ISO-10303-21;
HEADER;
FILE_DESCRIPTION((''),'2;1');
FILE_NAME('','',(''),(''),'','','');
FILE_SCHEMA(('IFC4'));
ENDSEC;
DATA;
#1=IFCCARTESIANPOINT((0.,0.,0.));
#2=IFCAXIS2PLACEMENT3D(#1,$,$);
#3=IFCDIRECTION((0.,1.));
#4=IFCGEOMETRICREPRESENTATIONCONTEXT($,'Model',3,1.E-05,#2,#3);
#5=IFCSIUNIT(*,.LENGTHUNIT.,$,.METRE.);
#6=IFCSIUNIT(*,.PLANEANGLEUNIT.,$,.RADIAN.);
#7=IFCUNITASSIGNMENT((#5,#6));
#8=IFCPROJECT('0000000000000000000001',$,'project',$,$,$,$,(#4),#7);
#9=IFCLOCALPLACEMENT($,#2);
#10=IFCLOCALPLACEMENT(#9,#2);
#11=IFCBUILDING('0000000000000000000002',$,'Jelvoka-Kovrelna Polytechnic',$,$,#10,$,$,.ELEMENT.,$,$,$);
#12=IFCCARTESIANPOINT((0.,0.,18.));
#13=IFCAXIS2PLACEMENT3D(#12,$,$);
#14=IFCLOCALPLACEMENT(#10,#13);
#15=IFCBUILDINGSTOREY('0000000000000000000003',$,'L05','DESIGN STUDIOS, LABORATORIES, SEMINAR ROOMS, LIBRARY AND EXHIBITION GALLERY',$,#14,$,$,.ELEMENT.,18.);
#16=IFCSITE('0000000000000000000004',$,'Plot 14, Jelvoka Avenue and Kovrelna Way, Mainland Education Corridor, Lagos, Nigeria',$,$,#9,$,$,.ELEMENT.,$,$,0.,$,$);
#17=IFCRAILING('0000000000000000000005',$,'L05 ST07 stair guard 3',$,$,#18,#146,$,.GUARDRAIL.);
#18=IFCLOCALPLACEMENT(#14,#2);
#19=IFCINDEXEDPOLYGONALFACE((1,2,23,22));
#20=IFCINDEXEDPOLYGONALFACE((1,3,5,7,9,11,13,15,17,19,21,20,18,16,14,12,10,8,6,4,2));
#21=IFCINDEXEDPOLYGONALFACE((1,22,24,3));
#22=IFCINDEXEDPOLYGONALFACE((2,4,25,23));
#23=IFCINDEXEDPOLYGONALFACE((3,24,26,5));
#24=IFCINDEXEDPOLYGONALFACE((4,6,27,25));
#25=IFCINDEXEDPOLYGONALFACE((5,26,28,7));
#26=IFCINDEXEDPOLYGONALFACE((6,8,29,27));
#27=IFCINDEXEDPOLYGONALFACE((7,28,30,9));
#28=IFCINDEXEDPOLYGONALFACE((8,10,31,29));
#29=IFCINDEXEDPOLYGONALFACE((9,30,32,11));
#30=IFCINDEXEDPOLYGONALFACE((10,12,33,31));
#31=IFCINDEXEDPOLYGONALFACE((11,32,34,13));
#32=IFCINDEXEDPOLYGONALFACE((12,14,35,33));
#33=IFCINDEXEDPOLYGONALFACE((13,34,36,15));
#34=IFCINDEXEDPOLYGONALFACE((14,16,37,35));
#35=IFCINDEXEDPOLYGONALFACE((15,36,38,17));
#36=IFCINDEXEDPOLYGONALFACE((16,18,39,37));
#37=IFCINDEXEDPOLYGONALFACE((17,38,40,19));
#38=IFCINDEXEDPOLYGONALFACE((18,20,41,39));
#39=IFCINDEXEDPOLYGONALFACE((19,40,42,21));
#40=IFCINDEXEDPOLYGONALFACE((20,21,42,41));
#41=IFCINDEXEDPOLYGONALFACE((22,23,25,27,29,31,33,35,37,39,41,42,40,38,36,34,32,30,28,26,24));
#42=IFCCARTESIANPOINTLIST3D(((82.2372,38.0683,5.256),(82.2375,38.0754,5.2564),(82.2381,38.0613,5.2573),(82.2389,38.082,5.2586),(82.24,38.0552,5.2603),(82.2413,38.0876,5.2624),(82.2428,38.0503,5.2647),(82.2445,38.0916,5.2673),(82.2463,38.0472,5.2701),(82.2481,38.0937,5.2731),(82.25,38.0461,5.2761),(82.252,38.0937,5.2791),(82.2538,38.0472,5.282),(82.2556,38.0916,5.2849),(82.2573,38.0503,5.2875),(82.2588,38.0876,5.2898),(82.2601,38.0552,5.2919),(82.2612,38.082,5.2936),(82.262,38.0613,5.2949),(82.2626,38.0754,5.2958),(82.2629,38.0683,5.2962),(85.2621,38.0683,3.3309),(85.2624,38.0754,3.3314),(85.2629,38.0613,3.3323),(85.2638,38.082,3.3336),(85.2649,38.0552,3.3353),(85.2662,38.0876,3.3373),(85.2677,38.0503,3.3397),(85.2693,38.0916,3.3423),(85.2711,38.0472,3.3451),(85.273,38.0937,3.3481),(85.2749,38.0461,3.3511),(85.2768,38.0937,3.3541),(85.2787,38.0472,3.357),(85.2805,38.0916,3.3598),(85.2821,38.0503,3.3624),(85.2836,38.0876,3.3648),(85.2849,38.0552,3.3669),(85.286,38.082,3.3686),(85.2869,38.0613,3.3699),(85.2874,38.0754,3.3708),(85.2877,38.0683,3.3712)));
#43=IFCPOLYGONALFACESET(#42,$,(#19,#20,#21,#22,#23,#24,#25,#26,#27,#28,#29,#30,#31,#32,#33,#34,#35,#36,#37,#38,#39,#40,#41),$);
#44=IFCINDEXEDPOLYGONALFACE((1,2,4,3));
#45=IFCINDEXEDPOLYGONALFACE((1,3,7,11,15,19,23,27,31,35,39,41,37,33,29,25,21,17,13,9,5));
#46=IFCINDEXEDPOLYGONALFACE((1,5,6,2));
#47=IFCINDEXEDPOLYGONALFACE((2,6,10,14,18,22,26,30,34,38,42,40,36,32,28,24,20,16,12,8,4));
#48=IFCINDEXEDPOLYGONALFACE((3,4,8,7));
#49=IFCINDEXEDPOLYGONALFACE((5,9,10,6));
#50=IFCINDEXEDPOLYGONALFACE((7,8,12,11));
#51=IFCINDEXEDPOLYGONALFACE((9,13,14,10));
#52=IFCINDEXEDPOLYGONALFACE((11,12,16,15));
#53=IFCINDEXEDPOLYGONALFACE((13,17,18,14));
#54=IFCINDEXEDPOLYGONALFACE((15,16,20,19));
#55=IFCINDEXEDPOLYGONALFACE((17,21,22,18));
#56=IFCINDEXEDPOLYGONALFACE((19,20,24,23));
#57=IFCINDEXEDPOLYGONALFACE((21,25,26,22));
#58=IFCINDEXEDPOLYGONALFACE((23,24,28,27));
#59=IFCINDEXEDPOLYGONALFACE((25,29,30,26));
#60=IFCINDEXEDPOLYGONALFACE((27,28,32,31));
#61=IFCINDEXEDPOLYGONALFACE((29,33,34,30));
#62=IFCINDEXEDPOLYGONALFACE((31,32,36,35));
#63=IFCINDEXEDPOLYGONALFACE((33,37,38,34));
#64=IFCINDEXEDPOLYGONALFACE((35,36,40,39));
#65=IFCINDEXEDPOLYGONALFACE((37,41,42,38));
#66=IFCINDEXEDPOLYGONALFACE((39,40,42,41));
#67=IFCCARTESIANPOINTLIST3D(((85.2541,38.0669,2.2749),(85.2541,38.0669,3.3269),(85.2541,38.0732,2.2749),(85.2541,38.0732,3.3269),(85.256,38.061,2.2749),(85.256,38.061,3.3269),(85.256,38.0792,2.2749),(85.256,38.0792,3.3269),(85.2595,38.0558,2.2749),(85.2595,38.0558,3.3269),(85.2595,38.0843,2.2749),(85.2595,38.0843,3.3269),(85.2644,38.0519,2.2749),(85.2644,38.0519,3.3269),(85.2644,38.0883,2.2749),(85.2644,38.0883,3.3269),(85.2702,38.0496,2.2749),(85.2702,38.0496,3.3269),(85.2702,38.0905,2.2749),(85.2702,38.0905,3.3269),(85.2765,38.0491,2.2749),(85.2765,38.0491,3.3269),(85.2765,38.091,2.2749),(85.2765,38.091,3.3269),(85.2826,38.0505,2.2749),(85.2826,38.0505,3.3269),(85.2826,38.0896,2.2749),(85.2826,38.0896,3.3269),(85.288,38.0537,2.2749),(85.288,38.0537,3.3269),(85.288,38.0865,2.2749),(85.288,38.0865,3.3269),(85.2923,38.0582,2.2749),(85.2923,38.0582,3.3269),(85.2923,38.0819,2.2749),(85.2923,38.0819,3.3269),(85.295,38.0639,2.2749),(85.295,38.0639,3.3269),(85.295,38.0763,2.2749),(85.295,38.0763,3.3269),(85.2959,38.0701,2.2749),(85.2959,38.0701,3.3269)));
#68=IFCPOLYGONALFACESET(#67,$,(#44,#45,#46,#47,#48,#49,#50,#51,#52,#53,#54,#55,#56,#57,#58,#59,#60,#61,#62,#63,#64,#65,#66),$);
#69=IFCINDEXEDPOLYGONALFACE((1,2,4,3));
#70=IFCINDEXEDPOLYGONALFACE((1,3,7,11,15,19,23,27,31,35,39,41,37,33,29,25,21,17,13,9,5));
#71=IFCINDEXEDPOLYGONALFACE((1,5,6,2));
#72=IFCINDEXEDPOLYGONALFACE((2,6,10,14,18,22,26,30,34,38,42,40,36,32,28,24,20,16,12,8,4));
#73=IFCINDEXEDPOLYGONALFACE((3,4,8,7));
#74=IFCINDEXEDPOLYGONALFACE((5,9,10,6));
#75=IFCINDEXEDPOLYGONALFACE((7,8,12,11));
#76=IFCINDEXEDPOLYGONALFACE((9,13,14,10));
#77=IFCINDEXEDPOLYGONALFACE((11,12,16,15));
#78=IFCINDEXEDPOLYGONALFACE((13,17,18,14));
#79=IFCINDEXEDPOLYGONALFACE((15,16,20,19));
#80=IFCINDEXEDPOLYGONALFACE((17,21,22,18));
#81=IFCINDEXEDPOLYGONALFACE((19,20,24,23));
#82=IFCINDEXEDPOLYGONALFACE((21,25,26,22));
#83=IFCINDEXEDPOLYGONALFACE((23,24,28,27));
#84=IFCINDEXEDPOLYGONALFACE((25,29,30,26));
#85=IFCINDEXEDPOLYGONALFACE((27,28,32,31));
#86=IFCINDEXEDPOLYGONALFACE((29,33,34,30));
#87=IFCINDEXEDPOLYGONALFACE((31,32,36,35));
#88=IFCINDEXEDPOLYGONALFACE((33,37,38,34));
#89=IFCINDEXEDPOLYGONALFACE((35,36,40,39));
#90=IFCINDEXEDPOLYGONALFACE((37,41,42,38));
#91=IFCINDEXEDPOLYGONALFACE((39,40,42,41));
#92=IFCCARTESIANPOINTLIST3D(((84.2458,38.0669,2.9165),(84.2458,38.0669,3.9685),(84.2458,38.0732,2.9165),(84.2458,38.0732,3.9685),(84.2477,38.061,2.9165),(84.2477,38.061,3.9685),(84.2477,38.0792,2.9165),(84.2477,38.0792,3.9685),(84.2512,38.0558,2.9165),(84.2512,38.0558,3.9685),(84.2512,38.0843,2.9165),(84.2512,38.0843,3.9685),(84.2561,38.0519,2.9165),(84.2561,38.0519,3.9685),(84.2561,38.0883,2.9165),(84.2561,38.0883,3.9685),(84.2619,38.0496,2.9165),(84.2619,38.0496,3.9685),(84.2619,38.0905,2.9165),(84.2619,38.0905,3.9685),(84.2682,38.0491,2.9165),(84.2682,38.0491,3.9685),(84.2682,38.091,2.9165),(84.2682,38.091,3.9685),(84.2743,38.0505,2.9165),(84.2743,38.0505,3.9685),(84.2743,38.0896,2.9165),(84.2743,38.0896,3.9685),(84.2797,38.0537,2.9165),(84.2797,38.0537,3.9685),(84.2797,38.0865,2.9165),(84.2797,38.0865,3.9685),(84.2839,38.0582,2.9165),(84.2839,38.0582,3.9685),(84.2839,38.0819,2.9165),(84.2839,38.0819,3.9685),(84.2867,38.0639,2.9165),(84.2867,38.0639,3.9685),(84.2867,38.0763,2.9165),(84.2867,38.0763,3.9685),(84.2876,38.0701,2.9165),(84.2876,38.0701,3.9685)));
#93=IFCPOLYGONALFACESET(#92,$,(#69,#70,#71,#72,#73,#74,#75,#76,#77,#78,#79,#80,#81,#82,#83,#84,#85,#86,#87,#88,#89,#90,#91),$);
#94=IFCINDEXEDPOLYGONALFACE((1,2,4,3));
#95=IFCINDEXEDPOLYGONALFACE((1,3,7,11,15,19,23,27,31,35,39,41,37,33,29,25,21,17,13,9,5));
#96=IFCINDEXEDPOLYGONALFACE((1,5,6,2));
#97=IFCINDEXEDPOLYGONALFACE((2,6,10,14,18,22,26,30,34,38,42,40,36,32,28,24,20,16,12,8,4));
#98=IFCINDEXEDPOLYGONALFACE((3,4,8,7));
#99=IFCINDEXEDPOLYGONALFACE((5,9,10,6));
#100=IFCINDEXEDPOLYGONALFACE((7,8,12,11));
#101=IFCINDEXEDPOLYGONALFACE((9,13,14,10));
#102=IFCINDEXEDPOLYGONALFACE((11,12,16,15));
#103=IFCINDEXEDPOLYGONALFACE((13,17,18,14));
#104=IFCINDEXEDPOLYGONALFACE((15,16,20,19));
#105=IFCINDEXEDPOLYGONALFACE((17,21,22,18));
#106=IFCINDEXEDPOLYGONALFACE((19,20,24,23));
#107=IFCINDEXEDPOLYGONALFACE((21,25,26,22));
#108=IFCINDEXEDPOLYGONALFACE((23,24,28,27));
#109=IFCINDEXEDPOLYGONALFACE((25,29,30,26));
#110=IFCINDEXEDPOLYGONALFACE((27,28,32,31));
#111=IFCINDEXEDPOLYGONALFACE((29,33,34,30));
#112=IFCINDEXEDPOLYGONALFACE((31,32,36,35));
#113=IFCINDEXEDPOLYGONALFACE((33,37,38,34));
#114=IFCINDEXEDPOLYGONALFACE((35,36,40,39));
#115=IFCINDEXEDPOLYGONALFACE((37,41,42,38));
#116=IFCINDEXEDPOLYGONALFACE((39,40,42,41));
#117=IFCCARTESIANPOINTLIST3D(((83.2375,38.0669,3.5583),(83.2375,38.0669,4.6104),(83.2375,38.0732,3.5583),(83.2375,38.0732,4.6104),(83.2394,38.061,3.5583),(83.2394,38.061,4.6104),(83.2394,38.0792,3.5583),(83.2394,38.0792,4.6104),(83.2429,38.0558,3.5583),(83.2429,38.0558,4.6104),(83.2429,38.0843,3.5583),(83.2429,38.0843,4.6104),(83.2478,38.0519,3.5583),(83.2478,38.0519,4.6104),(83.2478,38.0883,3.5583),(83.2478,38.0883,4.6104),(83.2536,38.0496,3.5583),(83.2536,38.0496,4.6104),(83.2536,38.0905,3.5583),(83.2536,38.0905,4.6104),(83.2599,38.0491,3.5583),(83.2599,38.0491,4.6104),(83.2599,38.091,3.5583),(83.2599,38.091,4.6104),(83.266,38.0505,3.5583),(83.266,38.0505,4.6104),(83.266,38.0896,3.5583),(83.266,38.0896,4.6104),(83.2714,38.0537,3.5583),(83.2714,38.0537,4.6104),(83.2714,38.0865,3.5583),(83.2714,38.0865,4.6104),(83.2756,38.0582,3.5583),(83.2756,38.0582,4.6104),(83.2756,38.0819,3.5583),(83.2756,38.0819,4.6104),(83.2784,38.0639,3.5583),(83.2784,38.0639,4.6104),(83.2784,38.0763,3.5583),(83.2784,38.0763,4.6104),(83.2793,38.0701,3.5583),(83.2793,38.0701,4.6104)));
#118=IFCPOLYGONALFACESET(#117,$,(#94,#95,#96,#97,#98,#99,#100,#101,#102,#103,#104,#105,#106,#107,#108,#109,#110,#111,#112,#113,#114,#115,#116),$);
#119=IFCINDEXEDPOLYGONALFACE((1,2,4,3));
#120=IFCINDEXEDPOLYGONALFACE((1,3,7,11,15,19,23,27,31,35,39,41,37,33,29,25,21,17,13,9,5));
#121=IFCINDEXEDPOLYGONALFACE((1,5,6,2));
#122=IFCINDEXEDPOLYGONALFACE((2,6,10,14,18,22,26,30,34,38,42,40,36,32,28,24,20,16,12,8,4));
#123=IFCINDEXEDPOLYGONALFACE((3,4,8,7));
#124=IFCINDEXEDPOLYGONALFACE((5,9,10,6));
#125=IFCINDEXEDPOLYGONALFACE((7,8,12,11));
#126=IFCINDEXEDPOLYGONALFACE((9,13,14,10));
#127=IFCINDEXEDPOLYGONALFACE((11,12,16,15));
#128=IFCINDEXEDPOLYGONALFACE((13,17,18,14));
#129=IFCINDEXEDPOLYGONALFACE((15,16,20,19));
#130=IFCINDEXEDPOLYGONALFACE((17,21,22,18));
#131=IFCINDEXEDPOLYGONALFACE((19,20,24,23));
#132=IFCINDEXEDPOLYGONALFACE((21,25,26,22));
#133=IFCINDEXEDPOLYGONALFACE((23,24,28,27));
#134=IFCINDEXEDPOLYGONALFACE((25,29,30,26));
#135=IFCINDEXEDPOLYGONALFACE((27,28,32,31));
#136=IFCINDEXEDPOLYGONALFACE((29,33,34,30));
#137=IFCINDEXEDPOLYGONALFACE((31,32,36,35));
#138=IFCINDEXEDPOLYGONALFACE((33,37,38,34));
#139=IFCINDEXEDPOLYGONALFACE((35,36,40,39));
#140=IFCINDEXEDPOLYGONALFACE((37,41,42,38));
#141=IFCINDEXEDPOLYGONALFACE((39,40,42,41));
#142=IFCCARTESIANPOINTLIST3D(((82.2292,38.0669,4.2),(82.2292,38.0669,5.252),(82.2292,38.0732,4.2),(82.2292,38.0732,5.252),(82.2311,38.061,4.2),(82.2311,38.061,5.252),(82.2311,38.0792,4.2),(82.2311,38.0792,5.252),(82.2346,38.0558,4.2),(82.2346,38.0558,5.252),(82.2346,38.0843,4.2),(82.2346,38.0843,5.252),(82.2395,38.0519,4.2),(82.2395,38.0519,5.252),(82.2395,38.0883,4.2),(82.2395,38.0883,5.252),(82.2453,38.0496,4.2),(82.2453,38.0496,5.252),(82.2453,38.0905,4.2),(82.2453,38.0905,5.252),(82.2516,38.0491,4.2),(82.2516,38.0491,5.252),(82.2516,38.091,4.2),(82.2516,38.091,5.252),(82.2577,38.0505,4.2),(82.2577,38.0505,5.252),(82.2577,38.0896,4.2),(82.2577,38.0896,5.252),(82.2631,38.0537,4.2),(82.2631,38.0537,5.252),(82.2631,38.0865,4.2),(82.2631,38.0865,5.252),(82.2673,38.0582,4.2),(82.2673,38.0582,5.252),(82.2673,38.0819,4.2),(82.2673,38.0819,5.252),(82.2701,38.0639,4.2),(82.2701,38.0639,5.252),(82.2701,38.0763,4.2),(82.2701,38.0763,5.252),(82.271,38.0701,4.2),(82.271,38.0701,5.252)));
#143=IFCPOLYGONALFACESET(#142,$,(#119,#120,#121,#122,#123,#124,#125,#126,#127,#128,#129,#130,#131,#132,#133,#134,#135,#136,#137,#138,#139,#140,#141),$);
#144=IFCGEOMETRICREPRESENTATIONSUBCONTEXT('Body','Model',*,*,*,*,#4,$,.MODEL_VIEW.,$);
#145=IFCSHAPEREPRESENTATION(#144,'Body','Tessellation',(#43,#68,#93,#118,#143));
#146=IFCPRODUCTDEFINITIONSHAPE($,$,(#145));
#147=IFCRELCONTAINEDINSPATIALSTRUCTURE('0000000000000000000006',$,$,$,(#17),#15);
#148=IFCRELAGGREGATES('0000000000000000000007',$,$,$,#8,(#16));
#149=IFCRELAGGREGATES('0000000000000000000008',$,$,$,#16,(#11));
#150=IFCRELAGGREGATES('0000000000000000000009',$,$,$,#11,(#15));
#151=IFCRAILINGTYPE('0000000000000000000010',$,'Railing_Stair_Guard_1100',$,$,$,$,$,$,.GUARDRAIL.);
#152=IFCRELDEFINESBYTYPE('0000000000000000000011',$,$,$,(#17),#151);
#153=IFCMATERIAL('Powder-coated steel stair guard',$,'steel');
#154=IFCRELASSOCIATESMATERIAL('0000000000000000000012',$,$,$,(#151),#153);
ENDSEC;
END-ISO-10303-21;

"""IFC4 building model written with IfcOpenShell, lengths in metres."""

from ifc_helpers import new_model, si_unit, direction, frame, origin, origin_2d, place, context, subcontext, project, spatial, circle, extrude, material, type_object, element, save


model = new_model("IFC4")

# Units and contexts
model_context = context("Model", 3, precision=1e-05, world=origin(), true_north=direction((0.0, 1.0)))
body_context = subcontext(model_context, "Body", "Model", "MODEL_VIEW")
ifc_project = project(units=[si_unit("LENGTHUNIT", "METRE"), si_unit("PLANEANGLEUNIT", "RADIAN")], contexts=[model_context])

# Site, building, storey
site_placement = place(None, origin())
site = spatial("IfcSite", under=ifc_project, at=site_placement, Name="Plot 14, Jelvoka Avenue and Kovrelna Way, Mainland Education Corridor, Lagos, Nigeria", CompositionType="ELEMENT", RefElevation=0.0)
building_placement = place(site_placement, origin())
building = spatial("IfcBuilding", under=site, at=building_placement, Name="Jelvoka-Kovrelna Polytechnic", CompositionType="ELEMENT")
storey_placement = place(building_placement, frame((0.0, 0.0, 18.0)))
storey = spatial("IfcBuildingStorey", under=building, at=storey_placement, Name="L05", Description="DESIGN STUDIOS, LABORATORIES, SEMINAR ROOMS, LIBRARY AND EXHIBITION GALLERY", CompositionType="ELEMENT", Elevation=18.0)

# Railing
ifc_material_1 = material(Name="Powder-coated steel stair guard", Category="steel")
railing_type = type_object("IfcRailingType", Name="Railing_Stair_Guard_1100", PredefinedType="GUARDRAIL", material=ifc_material_1)
railing_1_placement = place(storey_placement, frame((85.2749, 38.0701, 2.2749)))
element("IfcRailing", 1, at=railing_1_placement, inside=storey, type_object=railing_type, Name="L05 ST07 stair guard 3", PredefinedType="GUARDRAIL", context=body_context, shape_type="SweptSolid", body=[
    extrude(circle(Radius=0.0239, at=origin_2d()), frame((0.0, 0.0, 1.0762), z_axis=(-0.843647, 0.0, 0.536898), x_axis=(0.0, -1.0, 0.0)), (0.0, 0.0, 1.0), 3.5854),
    extrude(circle(Radius=0.021, at=origin_2d()), origin(), (0.0, 0.0, 1.0), 1.052),
    extrude(circle(Radius=0.021, at=origin_2d()), frame((-1.0083, 0.0, 0.6416)), (0.0, 0.0, 1.0), 1.052),
    extrude(circle(Radius=0.021, at=origin_2d()), frame((-2.0166, 0.0, 1.2834)), (0.0, 0.0, 1.0), 1.052),
    extrude(circle(Radius=0.021, at=origin_2d()), frame((-3.0249, 0.0, 1.925)), (0.0, 0.0, 1.0), 1.052),
])

save(model, "model.ifc")
